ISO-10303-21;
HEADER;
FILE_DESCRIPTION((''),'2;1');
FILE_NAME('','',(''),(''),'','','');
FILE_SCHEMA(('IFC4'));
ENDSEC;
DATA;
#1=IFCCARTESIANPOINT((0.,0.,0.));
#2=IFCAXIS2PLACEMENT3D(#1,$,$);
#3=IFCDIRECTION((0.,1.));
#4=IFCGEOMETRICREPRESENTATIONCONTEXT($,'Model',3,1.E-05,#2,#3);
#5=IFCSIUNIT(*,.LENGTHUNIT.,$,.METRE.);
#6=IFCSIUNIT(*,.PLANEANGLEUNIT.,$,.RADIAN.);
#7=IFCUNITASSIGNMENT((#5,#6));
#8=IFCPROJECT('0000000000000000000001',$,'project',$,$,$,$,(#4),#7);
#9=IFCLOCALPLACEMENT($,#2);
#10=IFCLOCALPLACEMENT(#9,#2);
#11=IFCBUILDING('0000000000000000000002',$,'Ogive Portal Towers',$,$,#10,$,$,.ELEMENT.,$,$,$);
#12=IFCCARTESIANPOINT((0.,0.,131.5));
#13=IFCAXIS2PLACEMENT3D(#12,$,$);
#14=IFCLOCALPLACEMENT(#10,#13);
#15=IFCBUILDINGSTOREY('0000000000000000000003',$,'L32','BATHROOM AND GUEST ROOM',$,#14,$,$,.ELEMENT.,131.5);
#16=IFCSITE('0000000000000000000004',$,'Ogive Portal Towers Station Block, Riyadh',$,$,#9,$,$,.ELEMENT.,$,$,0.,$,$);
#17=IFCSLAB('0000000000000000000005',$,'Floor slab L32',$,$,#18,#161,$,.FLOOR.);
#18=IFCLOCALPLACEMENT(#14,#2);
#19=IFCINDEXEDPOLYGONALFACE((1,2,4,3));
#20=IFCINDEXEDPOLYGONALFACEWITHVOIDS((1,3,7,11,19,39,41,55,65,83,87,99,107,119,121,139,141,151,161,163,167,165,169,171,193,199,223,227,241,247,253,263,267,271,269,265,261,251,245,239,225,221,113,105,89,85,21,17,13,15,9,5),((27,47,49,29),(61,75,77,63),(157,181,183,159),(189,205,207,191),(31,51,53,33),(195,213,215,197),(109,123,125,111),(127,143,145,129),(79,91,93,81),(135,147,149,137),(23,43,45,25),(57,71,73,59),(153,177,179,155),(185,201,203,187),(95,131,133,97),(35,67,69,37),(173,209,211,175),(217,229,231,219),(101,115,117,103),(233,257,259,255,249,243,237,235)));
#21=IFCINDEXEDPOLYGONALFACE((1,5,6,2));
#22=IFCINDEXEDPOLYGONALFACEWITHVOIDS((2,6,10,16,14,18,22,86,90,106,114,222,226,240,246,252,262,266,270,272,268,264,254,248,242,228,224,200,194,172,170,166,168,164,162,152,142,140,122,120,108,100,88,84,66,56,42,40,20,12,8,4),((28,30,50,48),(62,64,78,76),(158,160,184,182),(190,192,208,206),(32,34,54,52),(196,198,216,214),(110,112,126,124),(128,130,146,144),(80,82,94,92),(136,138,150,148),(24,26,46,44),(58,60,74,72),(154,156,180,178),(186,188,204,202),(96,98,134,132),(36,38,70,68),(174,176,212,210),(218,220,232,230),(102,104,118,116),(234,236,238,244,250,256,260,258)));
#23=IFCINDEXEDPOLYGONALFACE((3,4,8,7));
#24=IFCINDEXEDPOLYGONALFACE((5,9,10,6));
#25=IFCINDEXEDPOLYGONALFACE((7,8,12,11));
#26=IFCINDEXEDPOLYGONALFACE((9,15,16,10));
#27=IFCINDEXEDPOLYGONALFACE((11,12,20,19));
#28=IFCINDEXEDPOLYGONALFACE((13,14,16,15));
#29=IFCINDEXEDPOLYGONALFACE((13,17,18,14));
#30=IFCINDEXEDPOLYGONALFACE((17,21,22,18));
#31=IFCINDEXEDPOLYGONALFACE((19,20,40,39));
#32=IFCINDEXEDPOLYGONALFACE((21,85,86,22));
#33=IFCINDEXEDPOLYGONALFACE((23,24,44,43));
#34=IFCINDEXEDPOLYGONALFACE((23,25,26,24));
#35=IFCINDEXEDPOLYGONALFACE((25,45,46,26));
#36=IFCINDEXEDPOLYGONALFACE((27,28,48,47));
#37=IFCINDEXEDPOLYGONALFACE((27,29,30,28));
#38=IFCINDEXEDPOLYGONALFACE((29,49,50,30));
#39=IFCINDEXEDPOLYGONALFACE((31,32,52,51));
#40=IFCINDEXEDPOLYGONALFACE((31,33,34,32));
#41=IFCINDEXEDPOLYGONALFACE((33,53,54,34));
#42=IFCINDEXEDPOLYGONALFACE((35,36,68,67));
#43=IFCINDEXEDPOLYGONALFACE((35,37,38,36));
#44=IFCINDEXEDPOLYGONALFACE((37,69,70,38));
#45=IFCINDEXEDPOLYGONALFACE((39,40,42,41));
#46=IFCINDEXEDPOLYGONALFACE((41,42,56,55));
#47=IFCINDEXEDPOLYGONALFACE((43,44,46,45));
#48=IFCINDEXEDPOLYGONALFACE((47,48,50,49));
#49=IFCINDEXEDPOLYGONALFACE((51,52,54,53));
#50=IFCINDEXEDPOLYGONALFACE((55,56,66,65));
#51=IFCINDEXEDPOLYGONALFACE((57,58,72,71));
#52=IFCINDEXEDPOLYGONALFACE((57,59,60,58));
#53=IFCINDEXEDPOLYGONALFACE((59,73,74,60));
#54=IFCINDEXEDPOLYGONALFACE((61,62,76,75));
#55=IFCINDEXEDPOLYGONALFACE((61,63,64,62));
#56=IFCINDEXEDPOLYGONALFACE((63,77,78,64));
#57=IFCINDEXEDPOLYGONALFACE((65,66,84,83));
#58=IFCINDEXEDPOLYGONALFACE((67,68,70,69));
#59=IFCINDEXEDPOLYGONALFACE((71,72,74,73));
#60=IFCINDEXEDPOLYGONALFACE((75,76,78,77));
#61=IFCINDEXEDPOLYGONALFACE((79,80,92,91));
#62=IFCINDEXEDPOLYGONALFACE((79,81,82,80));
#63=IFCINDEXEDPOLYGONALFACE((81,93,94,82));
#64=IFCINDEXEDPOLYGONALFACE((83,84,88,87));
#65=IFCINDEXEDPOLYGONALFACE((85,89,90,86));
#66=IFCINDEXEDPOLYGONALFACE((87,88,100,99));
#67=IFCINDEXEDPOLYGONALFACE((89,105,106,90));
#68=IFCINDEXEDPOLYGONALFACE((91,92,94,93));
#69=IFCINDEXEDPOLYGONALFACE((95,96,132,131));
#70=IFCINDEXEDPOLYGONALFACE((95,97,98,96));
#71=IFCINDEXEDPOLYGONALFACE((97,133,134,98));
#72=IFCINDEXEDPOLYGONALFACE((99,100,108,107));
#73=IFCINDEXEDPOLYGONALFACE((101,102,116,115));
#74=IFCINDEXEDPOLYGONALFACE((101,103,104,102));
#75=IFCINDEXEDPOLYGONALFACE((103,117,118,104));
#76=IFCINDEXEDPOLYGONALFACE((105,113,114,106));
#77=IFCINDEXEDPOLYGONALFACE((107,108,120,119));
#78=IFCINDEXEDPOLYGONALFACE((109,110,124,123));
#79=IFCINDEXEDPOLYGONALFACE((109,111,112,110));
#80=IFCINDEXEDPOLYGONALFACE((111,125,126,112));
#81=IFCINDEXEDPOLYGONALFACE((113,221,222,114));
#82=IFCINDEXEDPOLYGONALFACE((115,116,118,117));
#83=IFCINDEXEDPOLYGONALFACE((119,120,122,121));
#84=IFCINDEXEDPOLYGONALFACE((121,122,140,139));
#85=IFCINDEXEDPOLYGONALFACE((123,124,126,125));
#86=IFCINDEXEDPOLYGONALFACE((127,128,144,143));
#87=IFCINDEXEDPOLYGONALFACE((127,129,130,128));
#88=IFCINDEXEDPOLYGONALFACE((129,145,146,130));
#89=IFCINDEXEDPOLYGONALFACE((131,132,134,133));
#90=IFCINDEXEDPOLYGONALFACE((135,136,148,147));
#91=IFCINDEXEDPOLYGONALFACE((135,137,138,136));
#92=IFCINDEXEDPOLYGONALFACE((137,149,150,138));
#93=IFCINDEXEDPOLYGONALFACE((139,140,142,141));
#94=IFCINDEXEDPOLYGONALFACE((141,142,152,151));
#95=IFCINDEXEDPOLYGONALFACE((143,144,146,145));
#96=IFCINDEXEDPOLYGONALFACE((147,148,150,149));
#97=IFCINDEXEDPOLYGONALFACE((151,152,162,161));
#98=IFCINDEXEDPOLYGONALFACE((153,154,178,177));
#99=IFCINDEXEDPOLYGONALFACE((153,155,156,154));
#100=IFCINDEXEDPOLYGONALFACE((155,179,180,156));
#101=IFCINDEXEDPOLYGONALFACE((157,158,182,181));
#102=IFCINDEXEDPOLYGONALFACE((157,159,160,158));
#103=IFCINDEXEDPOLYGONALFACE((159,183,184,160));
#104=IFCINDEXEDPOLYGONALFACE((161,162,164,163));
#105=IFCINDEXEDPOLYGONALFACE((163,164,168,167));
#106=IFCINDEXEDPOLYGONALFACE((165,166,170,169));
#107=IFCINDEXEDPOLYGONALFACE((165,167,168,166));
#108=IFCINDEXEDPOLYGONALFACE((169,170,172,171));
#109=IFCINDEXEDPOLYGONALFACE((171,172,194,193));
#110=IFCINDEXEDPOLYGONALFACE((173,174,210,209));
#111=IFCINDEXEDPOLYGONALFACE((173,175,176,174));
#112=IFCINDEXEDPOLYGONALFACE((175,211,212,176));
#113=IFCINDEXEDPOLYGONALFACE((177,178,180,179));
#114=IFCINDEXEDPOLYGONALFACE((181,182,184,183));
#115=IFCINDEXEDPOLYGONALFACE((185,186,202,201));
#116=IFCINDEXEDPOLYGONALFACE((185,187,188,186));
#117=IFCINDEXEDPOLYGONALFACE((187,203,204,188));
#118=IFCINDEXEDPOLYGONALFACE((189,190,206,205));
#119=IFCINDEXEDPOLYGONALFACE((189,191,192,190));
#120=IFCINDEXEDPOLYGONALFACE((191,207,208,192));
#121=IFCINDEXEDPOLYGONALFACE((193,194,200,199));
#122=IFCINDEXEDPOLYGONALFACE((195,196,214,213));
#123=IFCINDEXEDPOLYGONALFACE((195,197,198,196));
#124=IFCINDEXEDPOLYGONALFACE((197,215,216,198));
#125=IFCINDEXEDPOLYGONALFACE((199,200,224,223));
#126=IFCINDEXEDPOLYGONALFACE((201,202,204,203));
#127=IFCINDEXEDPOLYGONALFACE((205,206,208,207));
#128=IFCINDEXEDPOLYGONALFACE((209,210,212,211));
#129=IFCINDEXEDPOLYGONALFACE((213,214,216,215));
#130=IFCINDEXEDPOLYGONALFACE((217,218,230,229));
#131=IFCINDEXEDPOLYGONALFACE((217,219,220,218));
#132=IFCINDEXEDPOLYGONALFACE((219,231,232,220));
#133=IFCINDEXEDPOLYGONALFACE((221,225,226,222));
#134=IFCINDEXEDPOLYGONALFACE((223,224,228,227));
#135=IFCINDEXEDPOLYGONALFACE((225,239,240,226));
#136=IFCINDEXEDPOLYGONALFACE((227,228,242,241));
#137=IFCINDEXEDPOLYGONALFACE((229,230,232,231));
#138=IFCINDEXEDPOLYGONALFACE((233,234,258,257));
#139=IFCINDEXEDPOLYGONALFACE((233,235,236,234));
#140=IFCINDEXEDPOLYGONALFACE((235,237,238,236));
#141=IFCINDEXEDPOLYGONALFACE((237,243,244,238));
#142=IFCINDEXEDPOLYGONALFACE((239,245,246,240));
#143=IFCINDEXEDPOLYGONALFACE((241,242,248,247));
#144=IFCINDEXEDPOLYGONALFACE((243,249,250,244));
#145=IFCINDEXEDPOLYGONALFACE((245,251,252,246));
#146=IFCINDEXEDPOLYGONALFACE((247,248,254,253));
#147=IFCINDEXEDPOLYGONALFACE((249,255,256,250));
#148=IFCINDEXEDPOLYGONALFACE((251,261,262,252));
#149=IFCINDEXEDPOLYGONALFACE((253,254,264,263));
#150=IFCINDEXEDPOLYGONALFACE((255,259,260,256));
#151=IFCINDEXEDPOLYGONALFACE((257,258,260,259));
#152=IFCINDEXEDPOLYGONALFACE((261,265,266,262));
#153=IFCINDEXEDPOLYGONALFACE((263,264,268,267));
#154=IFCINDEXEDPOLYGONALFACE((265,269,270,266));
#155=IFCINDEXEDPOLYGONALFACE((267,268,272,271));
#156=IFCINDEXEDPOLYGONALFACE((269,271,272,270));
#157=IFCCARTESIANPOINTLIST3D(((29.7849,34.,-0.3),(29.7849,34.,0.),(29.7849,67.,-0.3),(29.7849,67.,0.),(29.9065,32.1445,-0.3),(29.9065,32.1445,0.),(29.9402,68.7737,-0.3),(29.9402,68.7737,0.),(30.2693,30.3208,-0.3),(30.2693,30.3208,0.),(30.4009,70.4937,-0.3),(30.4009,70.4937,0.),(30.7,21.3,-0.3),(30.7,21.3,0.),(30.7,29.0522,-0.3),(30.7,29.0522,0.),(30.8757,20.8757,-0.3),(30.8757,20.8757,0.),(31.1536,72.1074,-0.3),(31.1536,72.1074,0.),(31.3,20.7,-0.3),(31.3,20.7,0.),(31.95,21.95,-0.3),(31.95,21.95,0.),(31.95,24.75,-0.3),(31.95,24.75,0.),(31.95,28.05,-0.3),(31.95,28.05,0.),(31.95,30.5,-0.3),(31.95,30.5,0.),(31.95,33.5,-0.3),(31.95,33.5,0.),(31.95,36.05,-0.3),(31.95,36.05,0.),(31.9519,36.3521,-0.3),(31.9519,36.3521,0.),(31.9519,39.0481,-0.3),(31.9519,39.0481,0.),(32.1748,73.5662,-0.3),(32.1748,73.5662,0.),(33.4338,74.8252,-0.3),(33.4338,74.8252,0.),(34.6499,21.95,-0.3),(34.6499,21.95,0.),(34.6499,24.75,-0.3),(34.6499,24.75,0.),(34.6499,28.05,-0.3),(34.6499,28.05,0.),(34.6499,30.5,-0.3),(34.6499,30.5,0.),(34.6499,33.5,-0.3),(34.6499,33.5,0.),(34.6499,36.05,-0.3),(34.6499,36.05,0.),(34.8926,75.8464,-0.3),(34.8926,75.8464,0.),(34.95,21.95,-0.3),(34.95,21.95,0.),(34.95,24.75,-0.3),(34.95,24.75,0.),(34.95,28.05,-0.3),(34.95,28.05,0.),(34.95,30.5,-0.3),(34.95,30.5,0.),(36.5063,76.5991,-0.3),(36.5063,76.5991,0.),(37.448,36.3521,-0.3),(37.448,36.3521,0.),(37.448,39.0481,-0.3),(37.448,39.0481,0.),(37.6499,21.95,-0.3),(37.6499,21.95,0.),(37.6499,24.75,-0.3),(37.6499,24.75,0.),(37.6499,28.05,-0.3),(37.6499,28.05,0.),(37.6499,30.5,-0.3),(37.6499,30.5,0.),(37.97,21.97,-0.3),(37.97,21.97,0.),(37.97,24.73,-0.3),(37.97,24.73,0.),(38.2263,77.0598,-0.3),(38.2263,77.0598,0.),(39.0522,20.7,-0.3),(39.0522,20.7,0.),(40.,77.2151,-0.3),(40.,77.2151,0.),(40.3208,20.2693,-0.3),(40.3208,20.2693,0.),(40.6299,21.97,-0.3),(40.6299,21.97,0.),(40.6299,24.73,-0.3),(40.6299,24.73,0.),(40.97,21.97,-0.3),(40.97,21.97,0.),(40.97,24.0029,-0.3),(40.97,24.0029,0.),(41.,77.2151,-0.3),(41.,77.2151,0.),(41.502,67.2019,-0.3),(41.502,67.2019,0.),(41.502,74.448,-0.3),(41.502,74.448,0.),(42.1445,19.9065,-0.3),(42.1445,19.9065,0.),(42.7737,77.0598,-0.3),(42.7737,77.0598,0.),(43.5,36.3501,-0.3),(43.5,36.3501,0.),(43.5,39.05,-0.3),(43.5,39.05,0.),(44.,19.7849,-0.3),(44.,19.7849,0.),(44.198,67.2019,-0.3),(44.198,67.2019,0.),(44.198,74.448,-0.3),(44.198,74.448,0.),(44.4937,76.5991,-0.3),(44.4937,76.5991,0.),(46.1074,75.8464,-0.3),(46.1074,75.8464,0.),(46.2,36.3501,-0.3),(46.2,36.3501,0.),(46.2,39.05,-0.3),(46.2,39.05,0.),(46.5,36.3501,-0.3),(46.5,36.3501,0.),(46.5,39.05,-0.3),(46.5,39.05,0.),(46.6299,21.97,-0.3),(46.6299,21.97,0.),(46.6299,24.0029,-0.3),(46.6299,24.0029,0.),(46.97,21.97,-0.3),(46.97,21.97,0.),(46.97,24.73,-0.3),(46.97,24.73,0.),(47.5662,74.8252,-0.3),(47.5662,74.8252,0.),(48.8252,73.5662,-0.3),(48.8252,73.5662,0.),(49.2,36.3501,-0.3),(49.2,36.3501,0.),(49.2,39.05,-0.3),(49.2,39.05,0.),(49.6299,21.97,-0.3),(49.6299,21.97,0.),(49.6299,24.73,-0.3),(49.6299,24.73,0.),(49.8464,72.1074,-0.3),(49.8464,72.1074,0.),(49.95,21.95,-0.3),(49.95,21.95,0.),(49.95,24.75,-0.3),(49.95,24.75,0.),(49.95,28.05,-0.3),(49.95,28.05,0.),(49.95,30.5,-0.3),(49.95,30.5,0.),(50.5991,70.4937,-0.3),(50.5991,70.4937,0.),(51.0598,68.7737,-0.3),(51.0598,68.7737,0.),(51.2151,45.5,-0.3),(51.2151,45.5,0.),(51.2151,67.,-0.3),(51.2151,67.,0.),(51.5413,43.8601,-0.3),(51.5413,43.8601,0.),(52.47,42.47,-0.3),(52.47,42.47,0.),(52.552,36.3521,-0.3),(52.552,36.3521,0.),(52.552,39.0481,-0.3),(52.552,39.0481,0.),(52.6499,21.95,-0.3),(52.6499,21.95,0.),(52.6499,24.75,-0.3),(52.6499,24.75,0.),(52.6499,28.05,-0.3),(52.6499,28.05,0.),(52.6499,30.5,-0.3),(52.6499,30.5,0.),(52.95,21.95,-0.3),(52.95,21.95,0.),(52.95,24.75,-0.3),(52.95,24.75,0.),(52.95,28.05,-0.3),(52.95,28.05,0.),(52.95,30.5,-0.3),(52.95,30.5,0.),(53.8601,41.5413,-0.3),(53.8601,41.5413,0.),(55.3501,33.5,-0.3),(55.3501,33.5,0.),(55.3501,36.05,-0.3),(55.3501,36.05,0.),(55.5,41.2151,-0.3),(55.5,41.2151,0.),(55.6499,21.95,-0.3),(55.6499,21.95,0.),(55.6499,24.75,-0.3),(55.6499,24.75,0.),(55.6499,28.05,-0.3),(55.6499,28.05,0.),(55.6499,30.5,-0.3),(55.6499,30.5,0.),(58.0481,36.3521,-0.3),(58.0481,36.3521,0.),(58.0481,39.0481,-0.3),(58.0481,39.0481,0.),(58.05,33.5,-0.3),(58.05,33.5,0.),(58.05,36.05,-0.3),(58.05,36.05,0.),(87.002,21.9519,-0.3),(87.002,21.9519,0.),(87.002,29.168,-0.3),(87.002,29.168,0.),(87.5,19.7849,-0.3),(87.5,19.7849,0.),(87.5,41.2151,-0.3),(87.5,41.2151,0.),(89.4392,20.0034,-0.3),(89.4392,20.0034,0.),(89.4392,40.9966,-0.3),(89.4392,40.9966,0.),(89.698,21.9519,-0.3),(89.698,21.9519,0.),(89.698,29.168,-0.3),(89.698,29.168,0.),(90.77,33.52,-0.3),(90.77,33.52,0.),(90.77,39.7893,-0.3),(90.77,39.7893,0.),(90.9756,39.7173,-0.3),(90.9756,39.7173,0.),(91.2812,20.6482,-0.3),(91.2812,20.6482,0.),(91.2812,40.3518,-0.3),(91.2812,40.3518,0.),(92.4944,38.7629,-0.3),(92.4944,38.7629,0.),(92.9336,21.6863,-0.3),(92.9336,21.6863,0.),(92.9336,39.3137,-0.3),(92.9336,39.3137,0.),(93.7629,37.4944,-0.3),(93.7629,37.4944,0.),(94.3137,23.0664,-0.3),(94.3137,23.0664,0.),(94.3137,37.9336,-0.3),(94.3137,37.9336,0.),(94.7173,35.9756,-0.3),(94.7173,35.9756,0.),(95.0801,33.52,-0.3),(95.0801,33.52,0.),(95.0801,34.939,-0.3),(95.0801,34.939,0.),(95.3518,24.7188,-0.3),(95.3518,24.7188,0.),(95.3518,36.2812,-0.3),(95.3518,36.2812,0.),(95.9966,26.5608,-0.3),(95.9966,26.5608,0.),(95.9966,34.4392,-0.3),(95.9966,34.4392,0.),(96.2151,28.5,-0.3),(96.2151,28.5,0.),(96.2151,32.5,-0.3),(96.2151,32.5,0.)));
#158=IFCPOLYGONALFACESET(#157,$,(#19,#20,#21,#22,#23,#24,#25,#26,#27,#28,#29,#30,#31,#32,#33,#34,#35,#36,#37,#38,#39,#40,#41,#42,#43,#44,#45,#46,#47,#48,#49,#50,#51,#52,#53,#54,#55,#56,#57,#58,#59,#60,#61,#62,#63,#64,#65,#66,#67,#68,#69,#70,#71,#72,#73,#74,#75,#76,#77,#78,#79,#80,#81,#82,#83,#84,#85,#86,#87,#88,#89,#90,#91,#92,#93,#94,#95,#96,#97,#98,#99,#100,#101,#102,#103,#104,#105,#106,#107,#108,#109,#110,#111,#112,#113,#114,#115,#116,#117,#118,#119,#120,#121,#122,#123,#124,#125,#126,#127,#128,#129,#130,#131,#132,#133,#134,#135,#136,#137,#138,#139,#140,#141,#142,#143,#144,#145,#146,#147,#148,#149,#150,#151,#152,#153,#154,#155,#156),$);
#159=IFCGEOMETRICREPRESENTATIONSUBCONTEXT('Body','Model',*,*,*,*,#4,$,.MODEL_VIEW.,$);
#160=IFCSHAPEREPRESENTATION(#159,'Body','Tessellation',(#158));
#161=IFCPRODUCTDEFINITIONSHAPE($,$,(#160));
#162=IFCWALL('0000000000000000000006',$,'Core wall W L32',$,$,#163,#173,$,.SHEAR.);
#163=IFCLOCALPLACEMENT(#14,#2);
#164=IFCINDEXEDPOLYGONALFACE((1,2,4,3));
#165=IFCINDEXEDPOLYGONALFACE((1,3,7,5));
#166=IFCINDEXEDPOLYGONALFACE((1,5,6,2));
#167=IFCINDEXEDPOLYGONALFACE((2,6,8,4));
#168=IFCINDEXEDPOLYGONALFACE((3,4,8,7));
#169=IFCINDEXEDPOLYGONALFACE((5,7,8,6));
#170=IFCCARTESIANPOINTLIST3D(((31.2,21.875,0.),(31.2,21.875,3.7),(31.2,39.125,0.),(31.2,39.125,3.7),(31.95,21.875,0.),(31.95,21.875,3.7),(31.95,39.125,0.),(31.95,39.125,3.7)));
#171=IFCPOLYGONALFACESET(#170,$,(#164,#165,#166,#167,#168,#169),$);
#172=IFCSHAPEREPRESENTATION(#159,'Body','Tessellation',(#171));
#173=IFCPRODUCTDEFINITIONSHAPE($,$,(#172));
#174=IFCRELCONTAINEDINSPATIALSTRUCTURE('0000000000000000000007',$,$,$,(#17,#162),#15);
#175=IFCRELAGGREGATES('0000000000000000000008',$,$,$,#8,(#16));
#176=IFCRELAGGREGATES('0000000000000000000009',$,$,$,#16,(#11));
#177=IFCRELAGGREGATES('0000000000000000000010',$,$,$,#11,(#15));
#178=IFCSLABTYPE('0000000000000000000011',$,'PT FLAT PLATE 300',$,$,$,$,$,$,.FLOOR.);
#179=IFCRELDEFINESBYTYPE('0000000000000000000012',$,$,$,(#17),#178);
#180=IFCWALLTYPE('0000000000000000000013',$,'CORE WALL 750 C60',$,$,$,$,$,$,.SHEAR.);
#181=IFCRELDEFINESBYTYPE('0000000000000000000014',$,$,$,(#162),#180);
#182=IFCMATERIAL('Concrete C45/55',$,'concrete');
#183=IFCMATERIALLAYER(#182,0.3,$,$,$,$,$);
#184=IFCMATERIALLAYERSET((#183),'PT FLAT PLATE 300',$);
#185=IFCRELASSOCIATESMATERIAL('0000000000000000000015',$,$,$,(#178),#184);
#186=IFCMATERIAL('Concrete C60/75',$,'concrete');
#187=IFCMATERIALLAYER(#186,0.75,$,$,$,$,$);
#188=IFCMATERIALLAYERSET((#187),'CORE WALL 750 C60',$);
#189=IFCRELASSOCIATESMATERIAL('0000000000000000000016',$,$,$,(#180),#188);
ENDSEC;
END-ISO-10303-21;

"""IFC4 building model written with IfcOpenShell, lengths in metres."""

from ifc_helpers import new_model, si_unit, direction, frame, frame_2d, origin, place, context, subcontext, project, spatial, polyline, rectangle, outline, extrude, material, layer, layer_set, type_object, element, save


model = new_model("IFC4")

# Units and contexts
model_context = context("Model", 3, precision=1e-05, world=origin(), true_north=direction((0.0, 1.0)))
body_context = subcontext(model_context, "Body", "Model", "MODEL_VIEW")
ifc_project = project(units=[si_unit("LENGTHUNIT", "METRE"), si_unit("PLANEANGLEUNIT", "RADIAN")], contexts=[model_context])

# Site, building, storey
site_placement = place(None, origin())
site = spatial("IfcSite", under=ifc_project, at=site_placement, Name="Ogive Portal Towers Station Block, Riyadh", CompositionType="ELEMENT", RefElevation=0.0)
building_placement = place(site_placement, origin())
building = spatial("IfcBuilding", under=site, at=building_placement, Name="Ogive Portal Towers", CompositionType="ELEMENT")
storey_placement = place(building_placement, frame((0.0, 0.0, 131.5)))
storey = spatial("IfcBuildingStorey", under=building, at=storey_placement, Name="L32", Description="BATHROOM AND GUEST ROOM", CompositionType="ELEMENT", Elevation=131.5)

# Slab
ifc_material_1 = material(Name="Concrete C45/55", Category="concrete")
ifc_layer_1 = layer(ifc_material_1, 0.3)
ifc_layer_set_1 = layer_set([ifc_layer_1], Name="PT FLAT PLATE 300")
slab_type_1 = type_object("IfcSlabType", Name="PT FLAT PLATE 300", PredefinedType="FLOOR", material=ifc_layer_set_1)
slab_1_placement = place(storey_placement, frame((0.0, 0.0, -0.3)))
element("IfcSlab", 1, at=slab_1_placement, inside=storey, type_object=slab_type_1, Name="Floor slab L32", PredefinedType="FLOOR", context=body_context, shape_type="SweptSolid", body=[
    extrude(outline(polyline([(29.9065, 32.1445), (30.2693, 30.3208), (30.7, 29.0522), (30.7, 21.3), (30.8757, 20.8757), (31.3, 20.7), (39.0522, 20.7), (40.3208, 20.2693), (42.1445, 19.9065), (44.0, 19.7849), (87.5, 19.7849), (89.4392, 20.0034), (91.2812, 20.6482), (92.9336, 21.6863), (94.3137, 23.0664), (95.3518, 24.7188), (95.9966, 26.5608), (96.2151, 28.5), (96.2151, 32.5), (95.9966, 34.4392), (95.3518, 36.2812), (94.3137, 37.9336), (92.9336, 39.3137), (91.2812, 40.3518), (89.4392, 40.9966), (87.5, 41.2151), (55.5, 41.2151), (53.8601, 41.5413), (52.47, 42.47), (51.5413, 43.8601), (51.2151, 45.5), (51.2151, 67.0), (51.0598, 68.7737), (50.5991, 70.4937), (49.8464, 72.1074), (48.8252, 73.5662), (47.5662, 74.8252), (46.1074, 75.8464), (44.4937, 76.5991), (42.7737, 77.0598), (41.0, 77.2151), (40.0, 77.2151), (38.2263, 77.0598), (36.5063, 76.5991), (34.8926, 75.8464), (33.4338, 74.8252), (32.1748, 73.5662), (31.1536, 72.1074), (30.4009, 70.4937), (29.9402, 68.7737), (29.7849, 67.0), (29.7849, 34.0), (29.9065, 32.1445)]), holes=[polyline([(46.6299, 21.97), (40.97, 21.97), (40.97, 24.0029), (46.6299, 24.0029), (46.6299, 21.97)]), polyline([(34.6499, 24.75), (34.6499, 21.95), (31.95, 21.95), (31.95, 24.75), (34.6499, 24.75)]), polyline([(37.6499, 24.75), (37.6499, 21.95), (34.95, 21.95), (34.95, 24.75), (37.6499, 24.75)]), polyline([(37.97, 21.97), (37.97, 24.73), (40.6299, 24.73), (40.6299, 21.97), (37.97, 21.97)]), polyline([(34.6499, 28.05), (31.95, 28.05), (31.95, 30.5), (34.6499, 30.5), (34.6499, 28.05)]), polyline([(37.6499, 30.5), (37.6499, 28.05), (34.95, 28.05), (34.95, 30.5), (37.6499, 30.5)]), polyline([(34.6499, 36.05), (34.6499, 33.5), (31.95, 33.5), (31.95, 36.05), (34.6499, 36.05)]), polyline([(31.9519, 39.0481), (37.448, 39.0481), (37.448, 36.3521), (31.9519, 36.3521), (31.9519, 39.0481)]), polyline([(46.2, 36.3501), (43.5, 36.3501), (43.5, 39.05), (46.2, 39.05), (46.2, 36.3501)]), polyline([(44.198, 67.2019), (41.502, 67.2019), (41.502, 74.448), (44.198, 74.448), (44.198, 67.2019)]), polyline([(49.6299, 21.97), (46.97, 21.97), (46.97, 24.73), (49.6299, 24.73), (49.6299, 21.97)]), polyline([(52.6499, 24.75), (52.6499, 21.95), (49.95, 21.95), (49.95, 24.75), (52.6499, 24.75)]), polyline([(55.6499, 24.75), (55.6499, 21.95), (52.95, 21.95), (52.95, 24.75), (55.6499, 24.75)]), polyline([(87.002, 29.168), (89.698, 29.168), (89.698, 21.9519), (87.002, 21.9519), (87.002, 29.168)]), polyline([(52.6499, 28.05), (49.95, 28.05), (49.95, 30.5), (52.6499, 30.5), (52.6499, 28.05)]), polyline([(55.6499, 30.5), (55.6499, 28.05), (52.95, 28.05), (52.95, 30.5), (55.6499, 30.5)]), polyline([(58.05, 36.05), (58.05, 33.5), (55.3501, 33.5), (55.3501, 36.05), (58.05, 36.05)]), polyline([(93.7629, 37.4944), (94.7173, 35.9756), (95.0801, 34.939), (95.0801, 33.52), (90.77, 33.52), (90.77, 39.7893), (90.9756, 39.7173), (92.4944, 38.7629), (93.7629, 37.4944)]), polyline([(49.2, 36.3501), (46.5, 36.3501), (46.5, 39.05), (49.2, 39.05), (49.2, 36.3501)]), polyline([(52.552, 36.3521), (52.552, 39.0481), (58.0481, 39.0481), (58.0481, 36.3521), (52.552, 36.3521)])]), origin(), (0.0, 0.0, 1.0), 0.3),
])

# Wall
ifc_material_2 = material(Name="Concrete C60/75", Category="concrete")
ifc_layer_2 = layer(ifc_material_2, 0.75)
ifc_layer_set_2 = layer_set([ifc_layer_2], Name="CORE WALL 750 C60")
wall_type_1 = type_object("IfcWallType", Name="CORE WALL 750 C60", PredefinedType="SHEAR", material=ifc_layer_set_2)
wall_1_placement = place(storey_placement, frame((31.575, 21.875, 0.0), z_axis=(0.0, 0.0, 1.0), x_axis=(0.0, 1.0, 0.0)))
element("IfcWall", 2, at=wall_1_placement, inside=storey, type_object=wall_type_1, Name="Core wall W L32", PredefinedType="SHEAR", context=body_context, shape_type="SweptSolid", body=[
    extrude(rectangle(XDim=17.25, YDim=0.75, at=frame_2d((8.625, 0.0))), origin(), (0.0, 0.0, 1.0), 3.7),
])

save(model, "model.ifc")
